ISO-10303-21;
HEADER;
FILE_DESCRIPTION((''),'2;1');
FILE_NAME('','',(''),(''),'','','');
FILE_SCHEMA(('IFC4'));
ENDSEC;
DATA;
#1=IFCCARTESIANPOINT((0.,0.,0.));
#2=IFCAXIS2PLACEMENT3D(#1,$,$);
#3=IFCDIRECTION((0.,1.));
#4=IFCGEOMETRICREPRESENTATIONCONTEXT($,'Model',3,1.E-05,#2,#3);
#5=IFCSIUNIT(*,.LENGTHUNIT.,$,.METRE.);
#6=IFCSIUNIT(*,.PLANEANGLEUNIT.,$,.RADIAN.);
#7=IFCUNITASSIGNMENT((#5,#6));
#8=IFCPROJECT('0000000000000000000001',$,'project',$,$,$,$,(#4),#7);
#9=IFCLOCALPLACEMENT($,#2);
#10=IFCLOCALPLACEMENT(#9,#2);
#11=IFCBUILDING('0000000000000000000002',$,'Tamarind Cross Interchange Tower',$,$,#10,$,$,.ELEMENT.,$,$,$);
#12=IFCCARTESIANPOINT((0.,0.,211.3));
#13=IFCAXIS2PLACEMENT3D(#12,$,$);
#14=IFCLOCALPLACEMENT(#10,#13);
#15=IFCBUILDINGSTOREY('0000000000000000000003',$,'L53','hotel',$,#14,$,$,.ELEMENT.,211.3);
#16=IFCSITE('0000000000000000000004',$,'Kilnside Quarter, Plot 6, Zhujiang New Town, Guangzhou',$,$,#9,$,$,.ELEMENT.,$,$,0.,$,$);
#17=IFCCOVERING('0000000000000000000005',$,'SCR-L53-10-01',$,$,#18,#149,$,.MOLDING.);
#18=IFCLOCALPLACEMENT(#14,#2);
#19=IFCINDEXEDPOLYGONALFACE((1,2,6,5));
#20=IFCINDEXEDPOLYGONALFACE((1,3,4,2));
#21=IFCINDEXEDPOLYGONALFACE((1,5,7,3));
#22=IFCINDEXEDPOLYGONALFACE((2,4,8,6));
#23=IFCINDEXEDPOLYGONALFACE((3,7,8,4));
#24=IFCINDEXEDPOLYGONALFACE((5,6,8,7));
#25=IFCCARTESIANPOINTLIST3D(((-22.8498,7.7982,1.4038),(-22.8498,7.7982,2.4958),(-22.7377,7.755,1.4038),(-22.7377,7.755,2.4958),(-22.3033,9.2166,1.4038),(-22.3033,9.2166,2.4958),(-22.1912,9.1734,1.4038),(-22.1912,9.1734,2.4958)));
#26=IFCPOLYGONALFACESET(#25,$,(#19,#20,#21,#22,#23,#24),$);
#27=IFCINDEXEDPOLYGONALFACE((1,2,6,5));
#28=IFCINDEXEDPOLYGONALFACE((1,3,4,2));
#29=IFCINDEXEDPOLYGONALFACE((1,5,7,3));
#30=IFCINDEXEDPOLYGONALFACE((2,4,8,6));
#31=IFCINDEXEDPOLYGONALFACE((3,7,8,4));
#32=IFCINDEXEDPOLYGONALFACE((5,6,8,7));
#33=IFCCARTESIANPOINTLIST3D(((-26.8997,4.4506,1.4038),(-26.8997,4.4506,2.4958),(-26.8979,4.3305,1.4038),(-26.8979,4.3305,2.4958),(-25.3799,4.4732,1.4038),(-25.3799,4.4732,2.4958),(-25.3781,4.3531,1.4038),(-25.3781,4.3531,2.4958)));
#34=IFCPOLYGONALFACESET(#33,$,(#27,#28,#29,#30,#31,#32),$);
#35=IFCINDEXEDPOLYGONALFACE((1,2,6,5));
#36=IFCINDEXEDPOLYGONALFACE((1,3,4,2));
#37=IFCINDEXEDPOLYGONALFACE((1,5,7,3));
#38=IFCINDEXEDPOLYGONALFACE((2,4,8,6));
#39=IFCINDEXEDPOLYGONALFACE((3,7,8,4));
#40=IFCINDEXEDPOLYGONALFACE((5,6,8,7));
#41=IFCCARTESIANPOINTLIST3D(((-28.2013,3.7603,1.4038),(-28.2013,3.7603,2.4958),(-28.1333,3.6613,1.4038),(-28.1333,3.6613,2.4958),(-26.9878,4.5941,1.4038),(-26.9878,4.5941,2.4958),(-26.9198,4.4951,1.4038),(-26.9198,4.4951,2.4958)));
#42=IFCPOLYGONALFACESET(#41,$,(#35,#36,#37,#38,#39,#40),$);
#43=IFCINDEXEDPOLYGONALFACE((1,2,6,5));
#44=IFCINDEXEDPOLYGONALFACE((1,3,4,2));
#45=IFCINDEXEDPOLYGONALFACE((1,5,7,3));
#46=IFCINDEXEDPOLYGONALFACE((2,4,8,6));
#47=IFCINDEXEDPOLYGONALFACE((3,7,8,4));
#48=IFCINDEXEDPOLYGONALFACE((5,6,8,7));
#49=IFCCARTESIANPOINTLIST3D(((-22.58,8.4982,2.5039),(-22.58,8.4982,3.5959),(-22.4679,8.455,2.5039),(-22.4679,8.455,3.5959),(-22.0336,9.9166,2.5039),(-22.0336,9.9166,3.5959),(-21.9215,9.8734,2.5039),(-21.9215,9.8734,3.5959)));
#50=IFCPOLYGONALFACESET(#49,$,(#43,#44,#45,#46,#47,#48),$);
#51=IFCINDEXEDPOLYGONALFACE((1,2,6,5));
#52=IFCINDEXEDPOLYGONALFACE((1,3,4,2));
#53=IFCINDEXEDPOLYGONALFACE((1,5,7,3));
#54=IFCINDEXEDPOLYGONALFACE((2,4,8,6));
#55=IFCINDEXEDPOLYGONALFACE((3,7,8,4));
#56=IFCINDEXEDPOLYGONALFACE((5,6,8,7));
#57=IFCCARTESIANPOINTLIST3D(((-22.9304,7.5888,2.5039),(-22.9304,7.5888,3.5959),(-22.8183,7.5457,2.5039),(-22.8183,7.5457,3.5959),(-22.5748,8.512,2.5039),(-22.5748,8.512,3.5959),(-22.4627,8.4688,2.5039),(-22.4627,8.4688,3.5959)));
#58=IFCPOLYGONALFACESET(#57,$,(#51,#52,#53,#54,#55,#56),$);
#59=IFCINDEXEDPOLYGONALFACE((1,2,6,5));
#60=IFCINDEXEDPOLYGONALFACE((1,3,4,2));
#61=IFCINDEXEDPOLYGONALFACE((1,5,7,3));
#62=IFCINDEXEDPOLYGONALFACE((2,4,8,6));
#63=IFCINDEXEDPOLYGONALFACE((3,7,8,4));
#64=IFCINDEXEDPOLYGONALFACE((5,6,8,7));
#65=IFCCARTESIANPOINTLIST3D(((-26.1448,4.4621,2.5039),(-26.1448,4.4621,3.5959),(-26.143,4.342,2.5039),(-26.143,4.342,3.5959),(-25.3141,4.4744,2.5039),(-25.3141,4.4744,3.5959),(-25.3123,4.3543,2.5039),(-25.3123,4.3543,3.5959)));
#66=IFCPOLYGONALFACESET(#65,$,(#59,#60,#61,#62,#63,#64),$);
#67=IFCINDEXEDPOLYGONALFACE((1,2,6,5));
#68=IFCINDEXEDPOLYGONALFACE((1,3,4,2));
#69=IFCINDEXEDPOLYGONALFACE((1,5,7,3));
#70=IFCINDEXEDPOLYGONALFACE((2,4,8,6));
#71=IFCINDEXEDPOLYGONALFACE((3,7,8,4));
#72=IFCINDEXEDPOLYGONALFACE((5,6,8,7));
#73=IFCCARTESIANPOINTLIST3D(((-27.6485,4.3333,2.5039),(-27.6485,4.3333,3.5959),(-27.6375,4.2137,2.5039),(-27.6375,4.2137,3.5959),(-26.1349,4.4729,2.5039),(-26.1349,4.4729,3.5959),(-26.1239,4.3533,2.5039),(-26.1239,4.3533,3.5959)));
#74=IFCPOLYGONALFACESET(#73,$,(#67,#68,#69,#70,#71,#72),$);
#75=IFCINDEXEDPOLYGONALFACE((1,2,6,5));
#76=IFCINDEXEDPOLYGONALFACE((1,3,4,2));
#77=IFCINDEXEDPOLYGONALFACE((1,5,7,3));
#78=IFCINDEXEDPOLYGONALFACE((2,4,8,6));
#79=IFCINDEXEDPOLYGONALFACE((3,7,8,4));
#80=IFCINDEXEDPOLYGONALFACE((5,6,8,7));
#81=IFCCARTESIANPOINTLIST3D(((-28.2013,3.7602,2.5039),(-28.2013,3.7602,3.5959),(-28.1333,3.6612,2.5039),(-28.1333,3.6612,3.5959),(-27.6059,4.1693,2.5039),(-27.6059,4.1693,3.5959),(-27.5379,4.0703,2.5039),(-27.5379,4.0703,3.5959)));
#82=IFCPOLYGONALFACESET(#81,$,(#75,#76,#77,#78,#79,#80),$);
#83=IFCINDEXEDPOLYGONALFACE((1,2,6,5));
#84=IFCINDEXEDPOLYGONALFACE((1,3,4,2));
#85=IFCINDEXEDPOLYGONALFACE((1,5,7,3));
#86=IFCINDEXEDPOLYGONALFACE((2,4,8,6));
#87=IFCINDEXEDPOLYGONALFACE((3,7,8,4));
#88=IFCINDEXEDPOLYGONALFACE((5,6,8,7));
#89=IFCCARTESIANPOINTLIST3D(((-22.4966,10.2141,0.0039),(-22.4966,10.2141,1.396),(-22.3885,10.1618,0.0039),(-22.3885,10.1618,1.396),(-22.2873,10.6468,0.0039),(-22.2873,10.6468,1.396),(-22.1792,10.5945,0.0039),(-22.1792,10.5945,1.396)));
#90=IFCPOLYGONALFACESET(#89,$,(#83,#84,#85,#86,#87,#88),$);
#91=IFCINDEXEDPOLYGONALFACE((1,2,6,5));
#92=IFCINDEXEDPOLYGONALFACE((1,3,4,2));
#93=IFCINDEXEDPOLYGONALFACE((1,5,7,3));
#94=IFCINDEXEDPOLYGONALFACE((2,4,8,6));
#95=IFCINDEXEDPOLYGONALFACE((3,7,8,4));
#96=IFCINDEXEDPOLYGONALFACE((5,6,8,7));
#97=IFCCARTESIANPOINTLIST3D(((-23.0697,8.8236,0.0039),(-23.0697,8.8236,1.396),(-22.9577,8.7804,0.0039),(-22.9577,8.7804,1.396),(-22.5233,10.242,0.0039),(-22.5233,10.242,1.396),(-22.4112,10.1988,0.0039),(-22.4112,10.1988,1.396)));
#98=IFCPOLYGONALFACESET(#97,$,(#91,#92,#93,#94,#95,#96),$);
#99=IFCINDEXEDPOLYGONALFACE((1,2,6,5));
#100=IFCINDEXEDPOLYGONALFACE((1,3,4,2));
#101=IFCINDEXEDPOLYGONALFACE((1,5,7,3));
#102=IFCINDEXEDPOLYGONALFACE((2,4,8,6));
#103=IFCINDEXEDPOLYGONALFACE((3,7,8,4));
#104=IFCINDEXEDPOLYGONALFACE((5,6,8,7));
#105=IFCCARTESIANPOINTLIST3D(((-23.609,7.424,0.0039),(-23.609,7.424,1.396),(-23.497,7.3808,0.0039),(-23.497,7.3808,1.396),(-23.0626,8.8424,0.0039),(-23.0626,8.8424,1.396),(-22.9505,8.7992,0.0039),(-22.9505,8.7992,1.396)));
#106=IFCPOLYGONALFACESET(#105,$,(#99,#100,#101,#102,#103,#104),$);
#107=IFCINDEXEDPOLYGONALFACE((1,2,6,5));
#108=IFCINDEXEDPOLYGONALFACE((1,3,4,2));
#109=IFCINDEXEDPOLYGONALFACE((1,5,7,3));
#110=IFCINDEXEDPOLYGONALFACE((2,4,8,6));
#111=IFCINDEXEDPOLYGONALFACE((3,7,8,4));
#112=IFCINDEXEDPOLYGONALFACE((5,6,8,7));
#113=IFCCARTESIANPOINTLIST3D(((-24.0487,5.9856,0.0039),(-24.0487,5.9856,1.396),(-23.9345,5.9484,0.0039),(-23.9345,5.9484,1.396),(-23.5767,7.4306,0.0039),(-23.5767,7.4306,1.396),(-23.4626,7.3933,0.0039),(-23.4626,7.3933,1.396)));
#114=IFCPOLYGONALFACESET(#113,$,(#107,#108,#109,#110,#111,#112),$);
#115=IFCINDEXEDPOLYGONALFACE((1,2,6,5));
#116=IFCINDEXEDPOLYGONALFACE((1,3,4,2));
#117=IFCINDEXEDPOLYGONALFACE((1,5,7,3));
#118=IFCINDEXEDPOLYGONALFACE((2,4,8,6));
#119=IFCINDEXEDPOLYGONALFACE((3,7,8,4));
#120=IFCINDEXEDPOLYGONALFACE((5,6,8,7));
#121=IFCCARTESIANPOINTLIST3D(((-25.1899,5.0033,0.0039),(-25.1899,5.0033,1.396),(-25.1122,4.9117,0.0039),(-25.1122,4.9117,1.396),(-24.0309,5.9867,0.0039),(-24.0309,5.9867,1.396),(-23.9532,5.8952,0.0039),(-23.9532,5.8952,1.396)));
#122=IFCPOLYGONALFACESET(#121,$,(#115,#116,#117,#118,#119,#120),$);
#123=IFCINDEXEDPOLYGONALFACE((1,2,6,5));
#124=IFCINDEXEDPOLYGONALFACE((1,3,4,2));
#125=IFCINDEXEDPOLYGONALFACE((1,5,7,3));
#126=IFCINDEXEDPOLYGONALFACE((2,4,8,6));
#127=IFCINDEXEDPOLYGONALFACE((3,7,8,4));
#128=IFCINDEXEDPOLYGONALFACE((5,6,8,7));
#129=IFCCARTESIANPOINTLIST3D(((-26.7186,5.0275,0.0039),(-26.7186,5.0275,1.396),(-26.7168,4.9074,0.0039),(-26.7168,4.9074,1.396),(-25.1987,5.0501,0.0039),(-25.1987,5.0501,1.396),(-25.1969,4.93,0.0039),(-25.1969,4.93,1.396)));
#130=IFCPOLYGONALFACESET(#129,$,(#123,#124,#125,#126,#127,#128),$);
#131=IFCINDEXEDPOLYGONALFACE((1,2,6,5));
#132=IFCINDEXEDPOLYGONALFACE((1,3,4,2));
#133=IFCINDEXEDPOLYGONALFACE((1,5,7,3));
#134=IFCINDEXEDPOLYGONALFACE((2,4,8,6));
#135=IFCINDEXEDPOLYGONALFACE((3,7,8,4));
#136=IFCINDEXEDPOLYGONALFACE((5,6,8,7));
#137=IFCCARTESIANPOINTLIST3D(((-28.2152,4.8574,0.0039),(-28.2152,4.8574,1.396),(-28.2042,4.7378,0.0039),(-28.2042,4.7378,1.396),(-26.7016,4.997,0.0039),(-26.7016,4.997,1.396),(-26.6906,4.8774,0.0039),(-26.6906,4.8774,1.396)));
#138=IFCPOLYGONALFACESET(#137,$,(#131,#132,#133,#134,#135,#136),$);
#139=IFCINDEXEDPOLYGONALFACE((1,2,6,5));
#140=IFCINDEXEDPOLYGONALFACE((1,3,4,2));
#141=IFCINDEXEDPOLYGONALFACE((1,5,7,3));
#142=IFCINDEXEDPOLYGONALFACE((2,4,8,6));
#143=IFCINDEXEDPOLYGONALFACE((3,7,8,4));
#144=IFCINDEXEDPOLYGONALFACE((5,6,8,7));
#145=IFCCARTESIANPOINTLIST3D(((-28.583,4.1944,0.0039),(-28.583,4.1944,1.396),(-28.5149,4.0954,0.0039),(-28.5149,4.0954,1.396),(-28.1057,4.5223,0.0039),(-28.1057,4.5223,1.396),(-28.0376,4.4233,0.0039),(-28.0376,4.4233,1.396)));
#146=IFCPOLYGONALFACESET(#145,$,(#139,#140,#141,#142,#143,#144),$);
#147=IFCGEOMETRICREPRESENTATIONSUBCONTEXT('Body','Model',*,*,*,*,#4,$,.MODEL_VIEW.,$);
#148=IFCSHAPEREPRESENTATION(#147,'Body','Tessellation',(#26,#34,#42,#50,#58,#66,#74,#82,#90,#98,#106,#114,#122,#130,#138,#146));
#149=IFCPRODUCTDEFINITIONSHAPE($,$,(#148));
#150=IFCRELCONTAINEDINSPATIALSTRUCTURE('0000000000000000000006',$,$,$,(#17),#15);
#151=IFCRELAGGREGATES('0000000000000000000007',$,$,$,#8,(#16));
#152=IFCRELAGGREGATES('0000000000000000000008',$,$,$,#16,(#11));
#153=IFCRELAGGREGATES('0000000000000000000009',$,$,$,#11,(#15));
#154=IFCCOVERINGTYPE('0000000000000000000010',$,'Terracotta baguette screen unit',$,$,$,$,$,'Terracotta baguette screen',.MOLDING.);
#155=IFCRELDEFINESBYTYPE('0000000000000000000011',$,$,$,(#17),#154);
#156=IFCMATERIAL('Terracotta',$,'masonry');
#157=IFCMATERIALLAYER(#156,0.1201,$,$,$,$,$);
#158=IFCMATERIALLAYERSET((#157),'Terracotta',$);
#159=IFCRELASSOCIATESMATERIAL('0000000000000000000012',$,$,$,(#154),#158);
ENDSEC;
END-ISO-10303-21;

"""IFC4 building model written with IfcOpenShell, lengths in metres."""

from ifc_helpers import new_model, si_unit, direction, frame, origin, origin_2d, place, context, subcontext, project, spatial, rectangle, extrude, material, layer, layer_set, type_object, element, save


model = new_model("IFC4")

# Units and contexts
model_context = context("Model", 3, precision=1e-05, world=origin(), true_north=direction((0.0, 1.0)))
body_context = subcontext(model_context, "Body", "Model", "MODEL_VIEW")
ifc_project = project(units=[si_unit("LENGTHUNIT", "METRE"), si_unit("PLANEANGLEUNIT", "RADIAN")], contexts=[model_context])

# Site, building, storey
site_placement = place(None, origin())
site = spatial("IfcSite", under=ifc_project, at=site_placement, Name="Kilnside Quarter, Plot 6, Zhujiang New Town, Guangzhou", CompositionType="ELEMENT", RefElevation=0.0)
building_placement = place(site_placement, origin())
building = spatial("IfcBuilding", under=site, at=building_placement, Name="Tamarind Cross Interchange Tower", CompositionType="ELEMENT")
storey_placement = place(building_placement, frame((0.0, 0.0, 211.3)))
storey = spatial("IfcBuildingStorey", under=building, at=storey_placement, Name="L53", Description="hotel", CompositionType="ELEMENT", Elevation=211.3)

# Covering
ifc_material_1 = material(Name="Terracotta", Category="masonry")
ifc_layer_1 = layer(ifc_material_1, 0.1201)
ifc_layer_set_1 = layer_set([ifc_layer_1], Name="Terracotta")
covering_type = type_object("IfcCoveringType", Name="Terracotta baguette screen unit", ElementType="Terracotta baguette screen", PredefinedType="MOLDING", material=ifc_layer_set_1)
covering_1_placement = place(storey_placement, origin())
element("IfcCovering", 1, at=covering_1_placement, inside=storey, type_object=covering_type, Name="SCR-L53-10-01", PredefinedType="MOLDING", context=body_context, shape_type="SweptSolid", body=[
    extrude(rectangle(XDim=1.52, YDim=0.1201, at=origin_2d()), frame((-22.5205, 8.4858, 1.4038), z_axis=(0.0, 0.0, 1.0), x_axis=(-0.359495, -0.933147, 0.0)), (0.0, 0.0, 1.0), 1.092),
    extrude(rectangle(XDim=1.52, YDim=0.1201, at=origin_2d()), frame((-26.1389, 4.4019, 1.4038), z_axis=(0.0, 0.0, 1.0), x_axis=(-0.999889, -0.014896, 0.0)), (0.0, 0.0, 1.0), 1.092),
    extrude(rectangle(XDim=1.4724, YDim=0.1201, at=origin_2d()), frame((-27.5605, 4.1277, 1.4038), z_axis=(0.0, 0.0, 1.0), x_axis=(-0.824188, -0.566316, 0.0)), (0.0, 0.0, 1.0), 1.092),
    extrude(rectangle(XDim=1.52, YDim=0.1201, at=origin_2d()), frame((-22.2507, 9.1858, 2.5039), z_axis=(0.0, 0.0, 1.0), x_axis=(-0.359495, -0.933147, 0.0)), (0.0, 0.0, 1.0), 1.092),
    extrude(rectangle(XDim=0.9893, YDim=0.1201, at=origin_2d()), frame((-22.6965, 8.0288, 2.5039), z_axis=(0.0, 0.0, 1.0), x_axis=(-0.359495, -0.933147, 0.0)), (0.0, 0.0, 1.0), 1.092),
    extrude(rectangle(XDim=0.8308, YDim=0.1201, at=origin_2d()), frame((-25.7285, 4.4082, 2.5039), z_axis=(0.0, 0.0, 1.0), x_axis=(-0.999889, -0.014896, 0.0)), (0.0, 0.0, 1.0), 1.092),
    extrude(rectangle(XDim=1.52, YDim=0.1201, at=origin_2d()), frame((-26.8862, 4.3433, 2.5039), z_axis=(0.0, 0.0, 1.0), x_axis=(-0.995773, -0.09185, 0.0)), (0.0, 0.0, 1.0), 1.092),
    extrude(rectangle(XDim=0.7224, YDim=0.1201, at=origin_2d()), frame((-27.8696, 3.9153, 2.5039), z_axis=(0.0, 0.0, 1.0), x_axis=(-0.824188, -0.566316, 0.0)), (0.0, 0.0, 1.0), 1.092),
    extrude(rectangle(XDim=0.4807, YDim=0.1201, at=origin_2d()), frame((-22.3379, 10.4043, 0.0039), z_axis=(0.0, 0.0, 1.0), x_axis=(-0.435326, -0.900273, 0.0)), (0.0, 0.0, 1.0), 1.3921),
    extrude(rectangle(XDim=1.52, YDim=0.1201, at=origin_2d()), frame((-22.7405, 9.5112, 0.0039), z_axis=(0.0, 0.0, 1.0), x_axis=(-0.359495, -0.933147, 0.0)), (0.0, 0.0, 1.0), 1.3921),
    extrude(rectangle(XDim=1.52, YDim=0.1201, at=origin_2d()), frame((-23.2798, 8.1116, 0.0039), z_axis=(0.0, 0.0, 1.0), x_axis=(-0.359495, -0.933147, 0.0)), (0.0, 0.0, 1.0), 1.3921),
    extrude(rectangle(XDim=1.52, YDim=0.1201, at=origin_2d()), frame((-23.7556, 6.6895, 0.0039), z_axis=(0.0, 0.0, 1.0), x_axis=(-0.310471, -0.950583, 0.0)), (0.0, 0.0, 1.0), 1.3921),
    extrude(rectangle(XDim=1.52, YDim=0.1201, at=origin_2d()), frame((-24.5715, 5.4492, 0.0039), z_axis=(0.0, 0.0, 1.0), x_axis=(-0.762489, -0.647001, 0.0)), (0.0, 0.0, 1.0), 1.3921),
    extrude(rectangle(XDim=1.52, YDim=0.1201, at=origin_2d()), frame((-25.9578, 4.9788, 0.0039), z_axis=(0.0, 0.0, 1.0), x_axis=(-0.999889, -0.014896, 0.0)), (0.0, 0.0, 1.0), 1.3921),
    extrude(rectangle(XDim=1.52, YDim=0.1201, at=origin_2d()), frame((-27.4529, 4.8674, 0.0039), z_axis=(0.0, 0.0, 1.0), x_axis=(-0.995773, -0.09185, 0.0)), (0.0, 0.0, 1.0), 1.3921),
    extrude(rectangle(XDim=0.5791, YDim=0.1201, at=origin_2d()), frame((-28.3103, 4.3088, 0.0039), z_axis=(0.0, 0.0, 1.0), x_axis=(-0.824188, -0.566316, 0.0)), (0.0, 0.0, 1.0), 1.3921),
])

save(model, "model.ifc")
